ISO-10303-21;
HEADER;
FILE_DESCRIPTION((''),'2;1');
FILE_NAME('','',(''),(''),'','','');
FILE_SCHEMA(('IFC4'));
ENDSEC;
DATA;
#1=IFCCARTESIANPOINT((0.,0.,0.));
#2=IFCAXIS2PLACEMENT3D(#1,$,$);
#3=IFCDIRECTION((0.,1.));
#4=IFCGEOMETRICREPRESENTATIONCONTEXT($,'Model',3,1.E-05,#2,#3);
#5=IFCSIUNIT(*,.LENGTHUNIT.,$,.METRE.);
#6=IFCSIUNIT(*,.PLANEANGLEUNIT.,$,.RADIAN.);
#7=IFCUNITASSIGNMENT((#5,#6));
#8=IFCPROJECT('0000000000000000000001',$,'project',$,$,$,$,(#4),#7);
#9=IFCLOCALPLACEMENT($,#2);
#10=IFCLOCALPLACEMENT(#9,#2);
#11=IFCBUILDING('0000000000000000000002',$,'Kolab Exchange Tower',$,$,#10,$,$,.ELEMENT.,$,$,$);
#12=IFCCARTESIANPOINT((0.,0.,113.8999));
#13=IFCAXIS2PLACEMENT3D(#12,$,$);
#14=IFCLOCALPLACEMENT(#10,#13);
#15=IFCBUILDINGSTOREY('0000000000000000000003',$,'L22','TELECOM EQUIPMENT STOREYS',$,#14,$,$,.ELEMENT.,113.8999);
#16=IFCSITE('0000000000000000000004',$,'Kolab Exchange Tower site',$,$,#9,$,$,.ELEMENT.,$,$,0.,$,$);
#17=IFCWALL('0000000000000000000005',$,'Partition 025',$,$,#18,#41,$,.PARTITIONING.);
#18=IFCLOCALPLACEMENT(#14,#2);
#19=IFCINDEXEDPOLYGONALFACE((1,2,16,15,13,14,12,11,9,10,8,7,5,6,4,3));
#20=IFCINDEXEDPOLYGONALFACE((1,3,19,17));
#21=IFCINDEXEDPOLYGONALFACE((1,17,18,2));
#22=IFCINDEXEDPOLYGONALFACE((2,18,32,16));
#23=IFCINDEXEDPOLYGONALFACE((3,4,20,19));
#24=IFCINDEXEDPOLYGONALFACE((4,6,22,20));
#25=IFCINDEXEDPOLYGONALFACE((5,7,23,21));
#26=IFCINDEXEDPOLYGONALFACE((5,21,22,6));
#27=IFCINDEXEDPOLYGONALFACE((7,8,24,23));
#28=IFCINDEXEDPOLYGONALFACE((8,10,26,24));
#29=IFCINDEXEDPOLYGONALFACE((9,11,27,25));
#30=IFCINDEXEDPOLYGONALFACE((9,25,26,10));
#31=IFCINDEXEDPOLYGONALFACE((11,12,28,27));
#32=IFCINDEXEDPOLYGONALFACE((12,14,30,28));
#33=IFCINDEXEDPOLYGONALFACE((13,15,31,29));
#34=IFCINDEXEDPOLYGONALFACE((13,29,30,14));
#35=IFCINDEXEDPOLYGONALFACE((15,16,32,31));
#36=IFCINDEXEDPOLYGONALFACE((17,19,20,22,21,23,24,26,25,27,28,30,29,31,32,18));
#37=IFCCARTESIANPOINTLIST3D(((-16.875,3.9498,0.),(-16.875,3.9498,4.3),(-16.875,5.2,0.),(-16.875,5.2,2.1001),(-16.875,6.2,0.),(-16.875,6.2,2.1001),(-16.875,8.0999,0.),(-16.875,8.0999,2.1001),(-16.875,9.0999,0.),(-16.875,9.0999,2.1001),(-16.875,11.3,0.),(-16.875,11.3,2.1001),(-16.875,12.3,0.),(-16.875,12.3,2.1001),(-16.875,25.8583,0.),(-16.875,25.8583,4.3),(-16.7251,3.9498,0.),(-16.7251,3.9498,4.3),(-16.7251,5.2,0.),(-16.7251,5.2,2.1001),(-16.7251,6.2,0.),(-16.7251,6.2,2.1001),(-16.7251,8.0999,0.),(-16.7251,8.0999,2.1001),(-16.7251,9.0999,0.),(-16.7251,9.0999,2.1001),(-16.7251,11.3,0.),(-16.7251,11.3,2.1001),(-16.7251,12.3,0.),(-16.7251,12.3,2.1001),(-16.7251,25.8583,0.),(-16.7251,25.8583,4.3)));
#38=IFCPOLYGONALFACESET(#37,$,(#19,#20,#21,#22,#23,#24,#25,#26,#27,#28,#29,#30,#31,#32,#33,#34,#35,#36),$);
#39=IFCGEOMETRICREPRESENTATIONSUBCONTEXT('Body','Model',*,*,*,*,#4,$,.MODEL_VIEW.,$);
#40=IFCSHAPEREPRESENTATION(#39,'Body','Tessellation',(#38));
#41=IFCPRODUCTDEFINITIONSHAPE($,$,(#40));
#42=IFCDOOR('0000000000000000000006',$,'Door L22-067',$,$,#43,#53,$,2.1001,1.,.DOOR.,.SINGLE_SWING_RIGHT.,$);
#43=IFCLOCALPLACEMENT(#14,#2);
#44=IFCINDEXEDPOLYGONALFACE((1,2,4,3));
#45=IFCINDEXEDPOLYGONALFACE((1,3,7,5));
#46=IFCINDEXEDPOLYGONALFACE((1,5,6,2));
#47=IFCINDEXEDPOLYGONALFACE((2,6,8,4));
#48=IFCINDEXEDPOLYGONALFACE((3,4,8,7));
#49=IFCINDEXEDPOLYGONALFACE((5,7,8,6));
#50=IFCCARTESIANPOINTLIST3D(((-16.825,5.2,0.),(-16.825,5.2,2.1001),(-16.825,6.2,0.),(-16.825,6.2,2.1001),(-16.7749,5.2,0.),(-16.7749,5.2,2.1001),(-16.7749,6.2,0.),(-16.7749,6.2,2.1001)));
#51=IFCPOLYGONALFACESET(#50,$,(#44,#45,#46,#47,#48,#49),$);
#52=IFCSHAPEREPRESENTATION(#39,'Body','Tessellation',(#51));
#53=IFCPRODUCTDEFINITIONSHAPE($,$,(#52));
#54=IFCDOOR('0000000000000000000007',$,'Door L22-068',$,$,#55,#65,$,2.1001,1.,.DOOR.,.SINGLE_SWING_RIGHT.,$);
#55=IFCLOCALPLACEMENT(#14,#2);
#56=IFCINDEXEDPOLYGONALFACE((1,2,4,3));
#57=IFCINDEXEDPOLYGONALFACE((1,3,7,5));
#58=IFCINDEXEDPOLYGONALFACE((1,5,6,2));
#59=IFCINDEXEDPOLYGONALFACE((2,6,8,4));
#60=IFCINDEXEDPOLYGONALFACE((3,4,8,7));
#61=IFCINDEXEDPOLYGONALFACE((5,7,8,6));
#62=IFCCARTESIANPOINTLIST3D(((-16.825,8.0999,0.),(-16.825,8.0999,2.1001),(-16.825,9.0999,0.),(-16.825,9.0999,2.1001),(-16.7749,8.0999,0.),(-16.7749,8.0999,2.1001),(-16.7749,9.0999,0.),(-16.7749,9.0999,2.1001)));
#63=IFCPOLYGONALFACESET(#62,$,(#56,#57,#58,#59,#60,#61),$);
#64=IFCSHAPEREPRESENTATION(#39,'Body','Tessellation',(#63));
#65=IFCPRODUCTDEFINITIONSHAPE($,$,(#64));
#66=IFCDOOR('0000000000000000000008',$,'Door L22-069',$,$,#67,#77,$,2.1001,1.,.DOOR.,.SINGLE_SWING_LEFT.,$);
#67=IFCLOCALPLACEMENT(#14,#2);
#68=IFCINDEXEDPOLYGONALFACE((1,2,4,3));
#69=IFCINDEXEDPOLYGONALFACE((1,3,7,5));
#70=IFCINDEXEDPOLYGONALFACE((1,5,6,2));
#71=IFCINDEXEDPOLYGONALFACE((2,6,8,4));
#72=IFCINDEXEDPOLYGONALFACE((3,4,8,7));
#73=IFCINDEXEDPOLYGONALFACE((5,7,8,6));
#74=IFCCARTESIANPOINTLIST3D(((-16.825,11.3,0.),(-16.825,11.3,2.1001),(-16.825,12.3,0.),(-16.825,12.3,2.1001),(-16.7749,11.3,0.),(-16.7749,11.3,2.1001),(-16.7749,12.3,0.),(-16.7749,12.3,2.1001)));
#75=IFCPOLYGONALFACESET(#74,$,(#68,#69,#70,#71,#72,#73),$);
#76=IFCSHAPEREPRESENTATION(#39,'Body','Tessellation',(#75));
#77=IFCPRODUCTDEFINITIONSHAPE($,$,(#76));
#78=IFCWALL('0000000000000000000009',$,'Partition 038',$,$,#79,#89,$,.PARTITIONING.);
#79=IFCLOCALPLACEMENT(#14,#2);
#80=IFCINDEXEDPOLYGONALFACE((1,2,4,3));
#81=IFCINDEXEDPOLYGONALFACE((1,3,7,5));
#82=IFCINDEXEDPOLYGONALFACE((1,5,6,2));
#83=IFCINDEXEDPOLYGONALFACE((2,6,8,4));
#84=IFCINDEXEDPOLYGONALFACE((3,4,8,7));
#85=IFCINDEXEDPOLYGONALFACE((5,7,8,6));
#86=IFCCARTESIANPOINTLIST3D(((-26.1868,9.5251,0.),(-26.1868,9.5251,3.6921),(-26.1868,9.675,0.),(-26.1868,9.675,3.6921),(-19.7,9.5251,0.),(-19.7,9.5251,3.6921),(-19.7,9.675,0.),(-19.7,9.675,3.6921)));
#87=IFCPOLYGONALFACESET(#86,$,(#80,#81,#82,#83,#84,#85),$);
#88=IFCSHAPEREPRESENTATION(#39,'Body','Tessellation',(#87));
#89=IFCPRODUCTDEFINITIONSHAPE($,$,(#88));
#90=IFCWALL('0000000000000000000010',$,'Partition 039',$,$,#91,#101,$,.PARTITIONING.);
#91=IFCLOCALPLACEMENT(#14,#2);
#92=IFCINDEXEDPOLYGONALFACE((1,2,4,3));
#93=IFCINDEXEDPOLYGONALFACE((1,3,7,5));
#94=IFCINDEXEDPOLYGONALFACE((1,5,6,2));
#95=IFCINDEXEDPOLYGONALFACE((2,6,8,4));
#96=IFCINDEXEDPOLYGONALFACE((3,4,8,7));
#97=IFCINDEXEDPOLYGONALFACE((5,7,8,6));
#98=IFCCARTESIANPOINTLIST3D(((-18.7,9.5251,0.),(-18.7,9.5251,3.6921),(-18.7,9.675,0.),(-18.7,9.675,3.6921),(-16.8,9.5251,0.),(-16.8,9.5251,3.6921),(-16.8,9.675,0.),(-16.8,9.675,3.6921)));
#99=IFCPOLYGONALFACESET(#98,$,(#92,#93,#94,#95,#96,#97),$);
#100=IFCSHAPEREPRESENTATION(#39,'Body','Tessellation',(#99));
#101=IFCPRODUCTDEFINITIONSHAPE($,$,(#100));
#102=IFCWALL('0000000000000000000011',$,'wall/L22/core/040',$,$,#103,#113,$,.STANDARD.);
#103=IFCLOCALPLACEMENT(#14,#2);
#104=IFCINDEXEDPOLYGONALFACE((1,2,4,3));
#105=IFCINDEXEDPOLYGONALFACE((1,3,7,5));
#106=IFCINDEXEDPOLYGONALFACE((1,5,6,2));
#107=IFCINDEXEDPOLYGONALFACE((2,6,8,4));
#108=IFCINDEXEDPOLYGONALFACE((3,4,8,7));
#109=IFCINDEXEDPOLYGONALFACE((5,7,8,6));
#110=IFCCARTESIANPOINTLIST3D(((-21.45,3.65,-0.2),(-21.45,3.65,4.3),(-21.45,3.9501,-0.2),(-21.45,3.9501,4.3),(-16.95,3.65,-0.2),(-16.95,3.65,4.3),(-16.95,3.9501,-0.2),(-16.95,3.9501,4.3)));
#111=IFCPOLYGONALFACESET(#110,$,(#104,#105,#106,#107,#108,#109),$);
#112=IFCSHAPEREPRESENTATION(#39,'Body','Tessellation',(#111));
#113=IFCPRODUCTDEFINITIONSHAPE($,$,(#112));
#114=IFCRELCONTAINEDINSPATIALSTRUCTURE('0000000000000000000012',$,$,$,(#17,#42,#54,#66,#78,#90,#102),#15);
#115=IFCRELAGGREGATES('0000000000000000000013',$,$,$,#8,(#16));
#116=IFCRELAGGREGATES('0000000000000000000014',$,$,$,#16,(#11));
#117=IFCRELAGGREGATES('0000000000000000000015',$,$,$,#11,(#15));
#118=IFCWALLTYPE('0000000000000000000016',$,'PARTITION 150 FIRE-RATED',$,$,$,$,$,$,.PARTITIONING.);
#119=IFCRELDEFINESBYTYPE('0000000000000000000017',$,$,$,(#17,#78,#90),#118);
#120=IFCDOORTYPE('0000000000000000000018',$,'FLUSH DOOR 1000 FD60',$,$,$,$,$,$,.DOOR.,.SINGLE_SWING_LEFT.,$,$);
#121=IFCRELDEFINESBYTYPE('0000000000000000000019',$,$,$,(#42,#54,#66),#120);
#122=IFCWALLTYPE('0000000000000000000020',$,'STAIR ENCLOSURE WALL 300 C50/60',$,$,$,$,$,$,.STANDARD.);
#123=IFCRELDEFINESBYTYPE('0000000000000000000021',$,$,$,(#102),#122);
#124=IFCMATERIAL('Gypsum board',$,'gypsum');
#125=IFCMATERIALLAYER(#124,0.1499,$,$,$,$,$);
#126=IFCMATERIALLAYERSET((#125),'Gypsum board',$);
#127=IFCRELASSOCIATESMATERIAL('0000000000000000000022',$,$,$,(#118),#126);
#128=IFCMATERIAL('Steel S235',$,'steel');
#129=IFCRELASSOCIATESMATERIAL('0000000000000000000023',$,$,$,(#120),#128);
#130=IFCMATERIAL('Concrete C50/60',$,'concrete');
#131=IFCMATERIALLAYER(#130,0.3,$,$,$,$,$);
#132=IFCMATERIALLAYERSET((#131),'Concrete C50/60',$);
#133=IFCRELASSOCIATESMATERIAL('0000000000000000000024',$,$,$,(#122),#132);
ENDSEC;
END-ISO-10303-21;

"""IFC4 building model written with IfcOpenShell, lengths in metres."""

from ifc_helpers import new_model, si_unit, direction, frame, frame_2d, origin, place, context, subcontext, project, spatial, rectangle, extrude, material, layer, layer_set, type_object, element, fill, save


model = new_model("IFC4")

# Units and contexts
model_context = context("Model", 3, precision=1e-05, world=origin(), true_north=direction((0.0, 1.0)))
body_context = subcontext(model_context, "Body", "Model", "MODEL_VIEW")
ifc_project = project(units=[si_unit("LENGTHUNIT", "METRE"), si_unit("PLANEANGLEUNIT", "RADIAN")], contexts=[model_context])

# Site, building, storey
site_placement = place(None, origin())
site = spatial("IfcSite", under=ifc_project, at=site_placement, Name="Kolab Exchange Tower site", CompositionType="ELEMENT", RefElevation=0.0)
building_placement = place(site_placement, origin())
building = spatial("IfcBuilding", under=site, at=building_placement, Name="Kolab Exchange Tower", CompositionType="ELEMENT")
storey_placement = place(building_placement, frame((0.0, 0.0, 113.8999)))
storey = spatial("IfcBuildingStorey", under=building, at=storey_placement, Name="L22", Description="TELECOM EQUIPMENT STOREYS", CompositionType="ELEMENT", Elevation=113.8999)

# Wall, openings, doors
ifc_material_1 = material(Name="Gypsum board", Category="gypsum")
ifc_layer_1 = layer(ifc_material_1, 0.1499)
ifc_layer_set_1 = layer_set([ifc_layer_1], Name="Gypsum board")
wall_type_1 = type_object("IfcWallType", Name="PARTITION 150 FIRE-RATED", PredefinedType="PARTITIONING", material=ifc_layer_set_1)
wall_1_placement = place(storey_placement, frame((-16.8, 3.95, 0.0), z_axis=(0.0, 0.0, 1.0), x_axis=(0.0, 1.0, 0.0)))
wall_1 = element("IfcWall", 1, at=wall_1_placement, inside=storey, type_object=wall_type_1, Name="Partition 025", PredefinedType="PARTITIONING", context=body_context, shape_type="SweptSolid", body=[
    extrude(rectangle(XDim=21.9084, YDim=0.1499, at=frame_2d((10.9541, 0.0))), origin(), (0.0, 0.0, 1.0), 4.3),
])
opening_1_placement = place(wall_1_placement, frame((1.25, 0.0, 0.0)))
opening_1 = element("IfcOpeningElement", 2, at=opening_1_placement, cuts=wall_1, PredefinedType="OPENING", context=body_context, shape_type="SweptSolid", body=[
    extrude(rectangle(XDim=1.0, YDim=2.1001, at=frame_2d((0.5, 1.05))), frame((0.0, 0.085, 0.0), z_axis=(0.0, -1.0, 0.0), x_axis=(1.0, 0.0, 0.0)), (0.0, 0.0, 1.0), 0.1699),
])
opening_2_placement = place(wall_1_placement, frame((4.1499, 0.0, 0.0)))
opening_2 = element("IfcOpeningElement", 3, at=opening_2_placement, cuts=wall_1, PredefinedType="OPENING", context=body_context, shape_type="SweptSolid", body=[
    extrude(rectangle(XDim=1.0, YDim=2.1001, at=frame_2d((0.5, 1.05))), frame((0.0, 0.085, 0.0), z_axis=(0.0, -1.0, 0.0), x_axis=(1.0, 0.0, 0.0)), (0.0, 0.0, 1.0), 0.1699),
])
opening_3_placement = place(wall_1_placement, frame((7.3501, 0.0, 0.0)))
opening_3 = element("IfcOpeningElement", 4, at=opening_3_placement, cuts=wall_1, PredefinedType="OPENING", context=body_context, shape_type="SweptSolid", body=[
    extrude(rectangle(XDim=1.0, YDim=2.1001, at=frame_2d((0.5, 1.05))), frame((0.0, 0.085, 0.0), z_axis=(0.0, -1.0, 0.0), x_axis=(1.0, 0.0, 0.0)), (0.0, 0.0, 1.0), 0.1699),
])
ifc_material_2 = material(Name="Steel S235", Category="steel")
door_type = type_object("IfcDoorType", Name="FLUSH DOOR 1000 FD60", OperationType="SINGLE_SWING_LEFT", PredefinedType="DOOR", material=ifc_material_2)
door_1_placement = place(opening_1_placement, origin())
door_1 = element("IfcDoor", 5, at=door_1_placement, inside=storey, type_object=door_type, Name="Door L22-067", OperationType="SINGLE_SWING_RIGHT", OverallHeight=2.1001, OverallWidth=1.0, PredefinedType="DOOR", context=body_context, shape_type="SweptSolid", body=[
    extrude(rectangle(XDim=1.0, YDim=2.1001, at=frame_2d((0.5, 1.05))), frame((0.0, 0.0249, 0.0), z_axis=(0.0, -1.0, 0.0), x_axis=(1.0, 0.0, 0.0)), (0.0, 0.0, 1.0), 0.05),
])
fill(opening_1, door_1)
door_2_placement = place(opening_2_placement, origin())
door_2 = element("IfcDoor", 6, at=door_2_placement, inside=storey, type_object=door_type, Name="Door L22-068", OperationType="SINGLE_SWING_RIGHT", OverallHeight=2.1001, OverallWidth=1.0, PredefinedType="DOOR", context=body_context, shape_type="SweptSolid", body=[
    extrude(rectangle(XDim=1.0, YDim=2.1001, at=frame_2d((0.5, 1.05))), frame((0.0, 0.0249, 0.0), z_axis=(0.0, -1.0, 0.0), x_axis=(1.0, 0.0, 0.0)), (0.0, 0.0, 1.0), 0.05),
])
fill(opening_2, door_2)
door_3_placement = place(opening_3_placement, origin())
door_3 = element("IfcDoor", 7, at=door_3_placement, inside=storey, type_object=door_type, Name="Door L22-069", OperationType="SINGLE_SWING_LEFT", OverallHeight=2.1001, OverallWidth=1.0, PredefinedType="DOOR", context=body_context, shape_type="SweptSolid", body=[
    extrude(rectangle(XDim=1.0, YDim=2.1001, at=frame_2d((0.5, 1.05))), frame((0.0, 0.0249, 0.0), z_axis=(0.0, -1.0, 0.0), x_axis=(1.0, 0.0, 0.0)), (0.0, 0.0, 1.0), 0.05),
])
fill(opening_3, door_3)

# Walls
wall_2_placement = place(storey_placement, frame((-26.1868, 9.6001, 0.0), z_axis=(0.0, 0.0, 1.0), x_axis=(1.0, 0.0, 0.0)))
element("IfcWall", 8, at=wall_2_placement, inside=storey, type_object=wall_type_1, Name="Partition 038", PredefinedType="PARTITIONING", context=body_context, shape_type="SweptSolid", body=[
    extrude(rectangle(XDim=6.4868, YDim=0.1499, at=frame_2d((3.2434, 0.0))), origin(), (0.0, 0.0, 1.0), 3.6921),
])
wall_3_placement = place(storey_placement, frame((-18.7, 9.6001, 0.0), z_axis=(0.0, 0.0, 1.0), x_axis=(1.0, 0.0, 0.0)))
element("IfcWall", 9, at=wall_3_placement, inside=storey, type_object=wall_type_1, Name="Partition 039", PredefinedType="PARTITIONING", context=body_context, shape_type="SweptSolid", body=[
    extrude(rectangle(XDim=1.8999, YDim=0.1499, at=frame_2d((0.95, 0.0))), origin(), (0.0, 0.0, 1.0), 3.6921),
])
ifc_material_3 = material(Name="Concrete C50/60", Category="concrete")
ifc_layer_2 = layer(ifc_material_3, 0.3)
ifc_layer_set_2 = layer_set([ifc_layer_2], Name="Concrete C50/60")
wall_type_2 = type_object("IfcWallType", Name="STAIR ENCLOSURE WALL 300 C50/60", PredefinedType="STANDARD", material=ifc_layer_set_2)
wall_4_placement = place(storey_placement, frame((-21.45, 3.8, -0.2), z_axis=(0.0, 0.0, 1.0), x_axis=(1.0, 0.0, 0.0)))
element("IfcWall", 10, at=wall_4_placement, inside=storey, type_object=wall_type_2, Name="wall/L22/core/040", PredefinedType="STANDARD", context=body_context, shape_type="SweptSolid", body=[
    extrude(rectangle(XDim=4.5, YDim=0.3, at=frame_2d((2.25, 0.0))), origin(), (0.0, 0.0, 1.0), 4.5),
])

save(model, "model.ifc")
